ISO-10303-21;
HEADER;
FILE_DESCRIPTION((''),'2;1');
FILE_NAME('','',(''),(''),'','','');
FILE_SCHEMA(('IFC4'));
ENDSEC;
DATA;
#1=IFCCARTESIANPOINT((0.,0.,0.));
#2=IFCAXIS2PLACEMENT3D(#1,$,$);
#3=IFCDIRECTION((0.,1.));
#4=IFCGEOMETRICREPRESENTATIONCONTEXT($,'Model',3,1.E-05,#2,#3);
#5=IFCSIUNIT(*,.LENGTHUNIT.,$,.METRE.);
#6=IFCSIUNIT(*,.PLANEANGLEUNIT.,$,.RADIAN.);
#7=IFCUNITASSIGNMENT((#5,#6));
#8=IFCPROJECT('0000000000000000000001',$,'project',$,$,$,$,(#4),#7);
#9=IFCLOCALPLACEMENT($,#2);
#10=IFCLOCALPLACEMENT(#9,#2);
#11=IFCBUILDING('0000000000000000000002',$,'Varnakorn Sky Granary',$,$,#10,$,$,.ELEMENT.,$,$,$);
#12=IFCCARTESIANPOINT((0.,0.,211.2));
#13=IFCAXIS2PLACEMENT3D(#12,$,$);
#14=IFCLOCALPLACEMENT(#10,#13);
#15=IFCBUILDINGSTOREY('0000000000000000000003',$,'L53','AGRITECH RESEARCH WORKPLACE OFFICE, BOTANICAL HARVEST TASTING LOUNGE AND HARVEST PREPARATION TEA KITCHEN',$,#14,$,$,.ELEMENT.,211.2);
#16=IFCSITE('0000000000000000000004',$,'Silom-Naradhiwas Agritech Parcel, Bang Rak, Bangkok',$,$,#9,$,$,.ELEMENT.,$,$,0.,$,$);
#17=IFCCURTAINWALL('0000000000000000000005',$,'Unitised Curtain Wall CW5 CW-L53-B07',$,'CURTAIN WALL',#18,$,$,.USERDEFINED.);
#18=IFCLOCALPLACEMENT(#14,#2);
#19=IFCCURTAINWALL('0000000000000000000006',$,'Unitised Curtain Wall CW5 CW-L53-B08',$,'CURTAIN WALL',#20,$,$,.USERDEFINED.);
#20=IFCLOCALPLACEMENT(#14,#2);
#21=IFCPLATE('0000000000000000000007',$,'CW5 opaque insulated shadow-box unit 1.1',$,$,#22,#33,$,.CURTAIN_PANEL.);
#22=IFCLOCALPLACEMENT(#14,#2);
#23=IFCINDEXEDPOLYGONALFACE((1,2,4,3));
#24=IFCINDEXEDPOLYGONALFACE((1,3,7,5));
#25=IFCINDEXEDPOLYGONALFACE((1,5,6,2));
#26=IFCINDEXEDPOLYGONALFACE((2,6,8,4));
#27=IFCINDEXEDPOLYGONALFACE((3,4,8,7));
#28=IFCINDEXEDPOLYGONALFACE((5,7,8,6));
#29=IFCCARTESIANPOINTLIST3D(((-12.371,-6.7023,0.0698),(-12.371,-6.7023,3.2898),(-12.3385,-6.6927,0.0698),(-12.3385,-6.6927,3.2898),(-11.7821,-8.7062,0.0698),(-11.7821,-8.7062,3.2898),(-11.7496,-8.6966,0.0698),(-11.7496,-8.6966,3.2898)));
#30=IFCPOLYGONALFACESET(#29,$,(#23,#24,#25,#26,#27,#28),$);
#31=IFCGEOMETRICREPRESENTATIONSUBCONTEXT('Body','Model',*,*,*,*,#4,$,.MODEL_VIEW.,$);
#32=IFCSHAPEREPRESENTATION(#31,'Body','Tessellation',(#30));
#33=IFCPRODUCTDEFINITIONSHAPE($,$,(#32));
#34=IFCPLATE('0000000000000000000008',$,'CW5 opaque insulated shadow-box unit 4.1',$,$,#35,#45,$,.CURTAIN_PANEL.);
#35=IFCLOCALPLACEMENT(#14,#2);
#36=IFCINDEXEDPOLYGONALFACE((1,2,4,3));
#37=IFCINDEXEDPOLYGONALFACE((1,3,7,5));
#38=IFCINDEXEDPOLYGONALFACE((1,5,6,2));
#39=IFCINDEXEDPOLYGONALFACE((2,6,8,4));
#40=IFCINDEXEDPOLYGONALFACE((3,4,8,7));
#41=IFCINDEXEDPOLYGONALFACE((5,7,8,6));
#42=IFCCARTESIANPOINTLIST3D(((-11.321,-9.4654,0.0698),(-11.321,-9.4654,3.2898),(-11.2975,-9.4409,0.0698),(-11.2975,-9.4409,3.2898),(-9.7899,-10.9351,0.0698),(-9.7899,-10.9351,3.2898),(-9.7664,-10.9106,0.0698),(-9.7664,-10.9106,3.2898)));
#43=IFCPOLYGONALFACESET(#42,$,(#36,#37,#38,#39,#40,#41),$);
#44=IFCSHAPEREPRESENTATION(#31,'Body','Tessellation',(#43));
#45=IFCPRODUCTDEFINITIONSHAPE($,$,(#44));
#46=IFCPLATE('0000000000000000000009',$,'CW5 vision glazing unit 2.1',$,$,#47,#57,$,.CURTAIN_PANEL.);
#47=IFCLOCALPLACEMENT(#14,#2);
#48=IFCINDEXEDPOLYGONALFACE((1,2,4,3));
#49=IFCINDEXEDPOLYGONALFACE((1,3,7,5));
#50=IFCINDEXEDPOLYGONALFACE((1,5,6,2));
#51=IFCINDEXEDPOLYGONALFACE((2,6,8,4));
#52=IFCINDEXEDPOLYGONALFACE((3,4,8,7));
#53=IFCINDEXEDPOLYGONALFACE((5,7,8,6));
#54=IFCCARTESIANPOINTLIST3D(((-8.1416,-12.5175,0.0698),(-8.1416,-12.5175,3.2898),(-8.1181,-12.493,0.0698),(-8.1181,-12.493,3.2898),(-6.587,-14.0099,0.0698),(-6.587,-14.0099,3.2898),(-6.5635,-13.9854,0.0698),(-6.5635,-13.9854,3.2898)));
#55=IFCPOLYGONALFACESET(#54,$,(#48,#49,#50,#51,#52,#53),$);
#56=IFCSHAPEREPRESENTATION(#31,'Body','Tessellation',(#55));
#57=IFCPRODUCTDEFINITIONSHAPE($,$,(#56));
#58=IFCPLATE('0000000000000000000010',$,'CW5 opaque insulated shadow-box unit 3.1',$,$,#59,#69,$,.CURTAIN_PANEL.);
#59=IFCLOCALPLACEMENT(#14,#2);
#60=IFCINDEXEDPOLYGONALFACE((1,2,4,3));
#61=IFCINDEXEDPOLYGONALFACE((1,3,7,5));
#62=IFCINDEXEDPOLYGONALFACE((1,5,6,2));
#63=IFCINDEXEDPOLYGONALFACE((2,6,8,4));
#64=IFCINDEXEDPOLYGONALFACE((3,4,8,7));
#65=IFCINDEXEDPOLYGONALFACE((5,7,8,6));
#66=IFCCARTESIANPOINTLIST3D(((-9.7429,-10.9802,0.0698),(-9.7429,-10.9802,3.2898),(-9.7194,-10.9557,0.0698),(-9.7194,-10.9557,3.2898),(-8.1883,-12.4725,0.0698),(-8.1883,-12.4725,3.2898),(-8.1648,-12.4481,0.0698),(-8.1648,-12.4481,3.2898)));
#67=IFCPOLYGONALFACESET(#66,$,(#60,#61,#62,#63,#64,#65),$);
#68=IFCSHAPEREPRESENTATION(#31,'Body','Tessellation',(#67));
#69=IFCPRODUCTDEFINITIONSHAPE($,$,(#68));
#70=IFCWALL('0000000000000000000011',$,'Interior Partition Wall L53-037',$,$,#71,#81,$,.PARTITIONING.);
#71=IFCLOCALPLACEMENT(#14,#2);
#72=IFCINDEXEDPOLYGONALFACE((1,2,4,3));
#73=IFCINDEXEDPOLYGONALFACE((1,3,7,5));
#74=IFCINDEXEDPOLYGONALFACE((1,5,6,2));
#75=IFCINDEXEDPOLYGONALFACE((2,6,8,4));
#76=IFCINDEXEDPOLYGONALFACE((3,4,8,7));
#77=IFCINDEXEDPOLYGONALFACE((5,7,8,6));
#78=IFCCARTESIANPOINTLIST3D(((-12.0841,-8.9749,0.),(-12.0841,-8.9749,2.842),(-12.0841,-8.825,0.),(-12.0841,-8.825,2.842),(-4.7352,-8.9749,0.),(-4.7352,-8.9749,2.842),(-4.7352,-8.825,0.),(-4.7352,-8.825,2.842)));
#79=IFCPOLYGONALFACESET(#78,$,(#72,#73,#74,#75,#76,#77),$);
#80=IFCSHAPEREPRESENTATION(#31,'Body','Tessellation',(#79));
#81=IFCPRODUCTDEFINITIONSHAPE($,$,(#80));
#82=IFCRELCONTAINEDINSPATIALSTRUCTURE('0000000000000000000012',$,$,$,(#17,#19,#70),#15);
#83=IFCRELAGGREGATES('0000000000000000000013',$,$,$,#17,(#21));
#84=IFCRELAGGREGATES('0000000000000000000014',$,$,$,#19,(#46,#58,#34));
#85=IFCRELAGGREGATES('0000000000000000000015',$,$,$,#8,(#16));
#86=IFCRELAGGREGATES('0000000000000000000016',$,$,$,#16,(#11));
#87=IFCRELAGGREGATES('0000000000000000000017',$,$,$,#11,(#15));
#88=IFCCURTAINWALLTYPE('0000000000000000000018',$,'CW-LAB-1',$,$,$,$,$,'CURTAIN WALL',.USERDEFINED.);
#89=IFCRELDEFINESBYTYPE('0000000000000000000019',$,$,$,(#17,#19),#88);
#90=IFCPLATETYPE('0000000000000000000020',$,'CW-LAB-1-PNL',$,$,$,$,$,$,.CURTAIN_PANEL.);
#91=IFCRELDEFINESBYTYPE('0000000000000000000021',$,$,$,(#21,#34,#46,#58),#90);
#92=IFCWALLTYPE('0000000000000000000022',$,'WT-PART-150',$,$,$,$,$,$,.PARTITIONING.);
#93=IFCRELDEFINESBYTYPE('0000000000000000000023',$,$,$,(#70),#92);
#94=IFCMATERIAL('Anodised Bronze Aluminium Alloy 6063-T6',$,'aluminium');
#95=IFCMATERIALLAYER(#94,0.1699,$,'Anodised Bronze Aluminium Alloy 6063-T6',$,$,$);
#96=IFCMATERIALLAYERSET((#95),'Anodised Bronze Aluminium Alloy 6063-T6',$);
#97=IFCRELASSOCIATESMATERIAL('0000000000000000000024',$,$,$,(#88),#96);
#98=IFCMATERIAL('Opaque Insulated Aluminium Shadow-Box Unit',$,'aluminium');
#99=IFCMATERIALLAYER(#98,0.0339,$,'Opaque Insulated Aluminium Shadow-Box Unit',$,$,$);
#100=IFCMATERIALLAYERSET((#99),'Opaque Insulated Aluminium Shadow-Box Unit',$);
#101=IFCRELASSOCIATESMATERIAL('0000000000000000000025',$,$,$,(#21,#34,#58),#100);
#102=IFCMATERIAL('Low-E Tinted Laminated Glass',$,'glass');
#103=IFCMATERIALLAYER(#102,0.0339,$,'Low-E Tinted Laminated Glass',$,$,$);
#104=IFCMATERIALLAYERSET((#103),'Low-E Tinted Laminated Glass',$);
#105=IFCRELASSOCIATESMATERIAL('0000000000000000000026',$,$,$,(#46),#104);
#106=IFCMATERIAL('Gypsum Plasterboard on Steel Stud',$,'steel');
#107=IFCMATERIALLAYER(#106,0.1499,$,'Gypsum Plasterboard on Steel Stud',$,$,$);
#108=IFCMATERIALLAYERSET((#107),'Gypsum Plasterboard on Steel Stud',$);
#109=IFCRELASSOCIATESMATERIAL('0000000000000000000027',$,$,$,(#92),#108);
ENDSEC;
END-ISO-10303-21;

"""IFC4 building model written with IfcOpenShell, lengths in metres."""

from ifc_helpers import new_model, si_unit, direction, frame, frame_2d, origin, origin_2d, place, context, subcontext, project, spatial, rectangle, extrude, source, transform, mapped, material, layer, layer_set, type_object, type_shapes, element, aggregate, save


model = new_model("IFC4")

# Units and contexts
model_context = context("Model", 3, precision=1e-05, world=origin(), true_north=direction((0.0, 1.0)))
body_context = subcontext(model_context, "Body", "Model", "MODEL_VIEW")
ifc_project = project(units=[si_unit("LENGTHUNIT", "METRE"), si_unit("PLANEANGLEUNIT", "RADIAN")], contexts=[model_context])

# Site, building, storey
site_placement = place(None, origin())
site = spatial("IfcSite", under=ifc_project, at=site_placement, Name="Silom-Naradhiwas Agritech Parcel, Bang Rak, Bangkok", CompositionType="ELEMENT", RefElevation=0.0)
building_placement = place(site_placement, origin())
building = spatial("IfcBuilding", under=site, at=building_placement, Name="Varnakorn Sky Granary", CompositionType="ELEMENT")
storey_placement = place(building_placement, frame((0.0, 0.0, 211.2)))
storey = spatial("IfcBuildingStorey", under=building, at=storey_placement, Name="L53", Description="AGRITECH RESEARCH WORKPLACE OFFICE, BOTANICAL HARVEST TASTING LOUNGE AND HARVEST PREPARATION TEA KITCHEN", CompositionType="ELEMENT", Elevation=211.2)

# Curtain wall
ifc_material_1 = material(Name="Anodised Bronze Aluminium Alloy 6063-T6", Category="aluminium")
ifc_layer_1 = layer(ifc_material_1, 0.1699, Name="Anodised Bronze Aluminium Alloy 6063-T6")
ifc_layer_set_1 = layer_set([ifc_layer_1], Name="Anodised Bronze Aluminium Alloy 6063-T6")
curtain_wall_type = type_object("IfcCurtainWallType", Name="CW-LAB-1", ElementType="CURTAIN WALL", PredefinedType="USERDEFINED", material=ifc_layer_set_1)
curtain_wall_1_placement = place(storey_placement, origin())
curtain_wall_1 = element("IfcCurtainWall", 1, at=curtain_wall_1_placement, inside=storey, type_object=curtain_wall_type, Name="Unitised Curtain Wall CW5 CW-L53-B07", ObjectType="CURTAIN WALL", PredefinedType="USERDEFINED")

# Curtain wall
curtain_wall_2_placement = place(storey_placement, origin())
curtain_wall_2 = element("IfcCurtainWall", 2, at=curtain_wall_2_placement, inside=storey, type_object=curtain_wall_type, Name="Unitised Curtain Wall CW5 CW-L53-B08", ObjectType="CURTAIN WALL", PredefinedType="USERDEFINED")

# Plates
ifc_material_2 = material(Name="Opaque Insulated Aluminium Shadow-Box Unit", Category="aluminium")
ifc_layer_2 = layer(ifc_material_2, 0.0339, Name="Opaque Insulated Aluminium Shadow-Box Unit")
ifc_layer_set_2 = layer_set([ifc_layer_2], Name="Opaque Insulated Aluminium Shadow-Box Unit")
plate_type = type_object("IfcPlateType", Name="CW-LAB-1-PNL", PredefinedType="CURTAIN_PANEL")
shared_shape_1 = source(origin(), body_context, "Body", "SweptSolid", [
    extrude(rectangle(XDim=2.0886, YDim=0.0339, at=origin_2d()), origin(), (0.0, 0.0, 1.0), 3.22),
])
plate_1_placement = place(storey_placement, frame((-12.0603, -7.6995, 0.0698), z_axis=(0.0, 0.0, 1.0), x_axis=(-0.281963, 0.959425, 0.0)))
plate_1 = element("IfcPlate", 3, at=plate_1_placement, type_object=plate_type, material=ifc_layer_set_2, Name="CW5 opaque insulated shadow-box unit 1.1", PredefinedType="CURTAIN_PANEL", context=body_context, shape_type="MappedRepresentation", body=[
    mapped(shared_shape_1, transform((0.0, 0.0, 0.0), x_axis=(1.0, 0.0, 0.0), y_axis=(0.0, 1.0, 0.0), z_axis=(0.0, 0.0, 1.0), scale=1.0)),
])
aggregate(curtain_wall_1, [plate_1])
shared_shape_2 = source(origin(), body_context, "Body", "SweptSolid", [
    extrude(rectangle(XDim=2.1223, YDim=0.0339, at=origin_2d()), origin(), (0.0, 0.0, 1.0), 3.22),
])
plate_2_placement = place(storey_placement, frame((-10.5437, -10.188, 0.0698), z_axis=(0.0, 0.0, 1.0), x_axis=(-0.721402, 0.692516, 0.0)))
plate_2 = element("IfcPlate", 4, at=plate_2_placement, type_object=plate_type, material=ifc_layer_set_2, Name="CW5 opaque insulated shadow-box unit 4.1", PredefinedType="CURTAIN_PANEL", context=body_context, shape_type="MappedRepresentation", body=[
    mapped(shared_shape_2, transform((0.0, 0.0, 0.0), x_axis=(1.0, 0.0, 0.0), y_axis=(0.0, 1.0, 0.0), z_axis=(0.0, 0.0, 1.0), scale=1.0)),
])
ifc_material_3 = material(Name="Low-E Tinted Laminated Glass", Category="glass")
ifc_layer_3 = layer(ifc_material_3, 0.0339, Name="Low-E Tinted Laminated Glass")
ifc_layer_set_3 = layer_set([ifc_layer_3], Name="Low-E Tinted Laminated Glass")
shared_shape_3 = source(origin(), body_context, "Body", "SweptSolid", [
    extrude(rectangle(XDim=2.155, YDim=0.0339, at=origin_2d()), origin(), (0.0, 0.0, 1.0), 3.22),
])
type_shapes(plate_type, [shared_shape_1, shared_shape_2, shared_shape_3])
plate_3_placement = place(storey_placement, frame((-7.3525, -13.2515, 0.0698), z_axis=(0.0, 0.0, 1.0), x_axis=(-0.721402, 0.692516, 0.0)))
plate_3 = element("IfcPlate", 5, at=plate_3_placement, type_object=plate_type, material=ifc_layer_set_3, Name="CW5 vision glazing unit 2.1", PredefinedType="CURTAIN_PANEL", context=body_context, shape_type="MappedRepresentation", body=[
    mapped(shared_shape_3, transform((0.0, 0.0, 0.0), x_axis=(1.0, 0.0, 0.0), y_axis=(0.0, 1.0, 0.0), z_axis=(0.0, 0.0, 1.0), scale=1.0)),
])
plate_4_placement = place(storey_placement, frame((-8.9539, -11.7141, 0.0698), z_axis=(0.0, 0.0, 1.0), x_axis=(-0.721402, 0.692516, 0.0)))
plate_4 = element("IfcPlate", 6, at=plate_4_placement, type_object=plate_type, material=ifc_layer_set_2, Name="CW5 opaque insulated shadow-box unit 3.1", PredefinedType="CURTAIN_PANEL", context=body_context, shape_type="MappedRepresentation", body=[
    mapped(shared_shape_3, transform((0.0, 0.0, 0.0), x_axis=(1.0, 0.0, 0.0), y_axis=(0.0, 1.0, 0.0), z_axis=(0.0, 0.0, 1.0), scale=1.0)),
])
aggregate(curtain_wall_2, [plate_3, plate_4, plate_2])

# Wall
ifc_material_4 = material(Name="Gypsum Plasterboard on Steel Stud", Category="steel")
ifc_layer_4 = layer(ifc_material_4, 0.1499, Name="Gypsum Plasterboard on Steel Stud")
ifc_layer_set_4 = layer_set([ifc_layer_4], Name="Gypsum Plasterboard on Steel Stud")
wall_type = type_object("IfcWallType", Name="WT-PART-150", PredefinedType="PARTITIONING", material=ifc_layer_set_4)
wall_placement = place(storey_placement, frame((-12.084, -8.8999, 0.0), z_axis=(0.0, 0.0, 1.0), x_axis=(1.0, 0.0, 0.0)))
element("IfcWall", 7, at=wall_placement, inside=storey, type_object=wall_type, Name="Interior Partition Wall L53-037", PredefinedType="PARTITIONING", context=body_context, shape_type="SweptSolid", body=[
    extrude(rectangle(XDim=7.3489, YDim=0.1499, at=frame_2d((3.6743, 0.0))), origin(), (0.0, 0.0, 1.0), 2.842),
])

save(model, "model.ifc")
